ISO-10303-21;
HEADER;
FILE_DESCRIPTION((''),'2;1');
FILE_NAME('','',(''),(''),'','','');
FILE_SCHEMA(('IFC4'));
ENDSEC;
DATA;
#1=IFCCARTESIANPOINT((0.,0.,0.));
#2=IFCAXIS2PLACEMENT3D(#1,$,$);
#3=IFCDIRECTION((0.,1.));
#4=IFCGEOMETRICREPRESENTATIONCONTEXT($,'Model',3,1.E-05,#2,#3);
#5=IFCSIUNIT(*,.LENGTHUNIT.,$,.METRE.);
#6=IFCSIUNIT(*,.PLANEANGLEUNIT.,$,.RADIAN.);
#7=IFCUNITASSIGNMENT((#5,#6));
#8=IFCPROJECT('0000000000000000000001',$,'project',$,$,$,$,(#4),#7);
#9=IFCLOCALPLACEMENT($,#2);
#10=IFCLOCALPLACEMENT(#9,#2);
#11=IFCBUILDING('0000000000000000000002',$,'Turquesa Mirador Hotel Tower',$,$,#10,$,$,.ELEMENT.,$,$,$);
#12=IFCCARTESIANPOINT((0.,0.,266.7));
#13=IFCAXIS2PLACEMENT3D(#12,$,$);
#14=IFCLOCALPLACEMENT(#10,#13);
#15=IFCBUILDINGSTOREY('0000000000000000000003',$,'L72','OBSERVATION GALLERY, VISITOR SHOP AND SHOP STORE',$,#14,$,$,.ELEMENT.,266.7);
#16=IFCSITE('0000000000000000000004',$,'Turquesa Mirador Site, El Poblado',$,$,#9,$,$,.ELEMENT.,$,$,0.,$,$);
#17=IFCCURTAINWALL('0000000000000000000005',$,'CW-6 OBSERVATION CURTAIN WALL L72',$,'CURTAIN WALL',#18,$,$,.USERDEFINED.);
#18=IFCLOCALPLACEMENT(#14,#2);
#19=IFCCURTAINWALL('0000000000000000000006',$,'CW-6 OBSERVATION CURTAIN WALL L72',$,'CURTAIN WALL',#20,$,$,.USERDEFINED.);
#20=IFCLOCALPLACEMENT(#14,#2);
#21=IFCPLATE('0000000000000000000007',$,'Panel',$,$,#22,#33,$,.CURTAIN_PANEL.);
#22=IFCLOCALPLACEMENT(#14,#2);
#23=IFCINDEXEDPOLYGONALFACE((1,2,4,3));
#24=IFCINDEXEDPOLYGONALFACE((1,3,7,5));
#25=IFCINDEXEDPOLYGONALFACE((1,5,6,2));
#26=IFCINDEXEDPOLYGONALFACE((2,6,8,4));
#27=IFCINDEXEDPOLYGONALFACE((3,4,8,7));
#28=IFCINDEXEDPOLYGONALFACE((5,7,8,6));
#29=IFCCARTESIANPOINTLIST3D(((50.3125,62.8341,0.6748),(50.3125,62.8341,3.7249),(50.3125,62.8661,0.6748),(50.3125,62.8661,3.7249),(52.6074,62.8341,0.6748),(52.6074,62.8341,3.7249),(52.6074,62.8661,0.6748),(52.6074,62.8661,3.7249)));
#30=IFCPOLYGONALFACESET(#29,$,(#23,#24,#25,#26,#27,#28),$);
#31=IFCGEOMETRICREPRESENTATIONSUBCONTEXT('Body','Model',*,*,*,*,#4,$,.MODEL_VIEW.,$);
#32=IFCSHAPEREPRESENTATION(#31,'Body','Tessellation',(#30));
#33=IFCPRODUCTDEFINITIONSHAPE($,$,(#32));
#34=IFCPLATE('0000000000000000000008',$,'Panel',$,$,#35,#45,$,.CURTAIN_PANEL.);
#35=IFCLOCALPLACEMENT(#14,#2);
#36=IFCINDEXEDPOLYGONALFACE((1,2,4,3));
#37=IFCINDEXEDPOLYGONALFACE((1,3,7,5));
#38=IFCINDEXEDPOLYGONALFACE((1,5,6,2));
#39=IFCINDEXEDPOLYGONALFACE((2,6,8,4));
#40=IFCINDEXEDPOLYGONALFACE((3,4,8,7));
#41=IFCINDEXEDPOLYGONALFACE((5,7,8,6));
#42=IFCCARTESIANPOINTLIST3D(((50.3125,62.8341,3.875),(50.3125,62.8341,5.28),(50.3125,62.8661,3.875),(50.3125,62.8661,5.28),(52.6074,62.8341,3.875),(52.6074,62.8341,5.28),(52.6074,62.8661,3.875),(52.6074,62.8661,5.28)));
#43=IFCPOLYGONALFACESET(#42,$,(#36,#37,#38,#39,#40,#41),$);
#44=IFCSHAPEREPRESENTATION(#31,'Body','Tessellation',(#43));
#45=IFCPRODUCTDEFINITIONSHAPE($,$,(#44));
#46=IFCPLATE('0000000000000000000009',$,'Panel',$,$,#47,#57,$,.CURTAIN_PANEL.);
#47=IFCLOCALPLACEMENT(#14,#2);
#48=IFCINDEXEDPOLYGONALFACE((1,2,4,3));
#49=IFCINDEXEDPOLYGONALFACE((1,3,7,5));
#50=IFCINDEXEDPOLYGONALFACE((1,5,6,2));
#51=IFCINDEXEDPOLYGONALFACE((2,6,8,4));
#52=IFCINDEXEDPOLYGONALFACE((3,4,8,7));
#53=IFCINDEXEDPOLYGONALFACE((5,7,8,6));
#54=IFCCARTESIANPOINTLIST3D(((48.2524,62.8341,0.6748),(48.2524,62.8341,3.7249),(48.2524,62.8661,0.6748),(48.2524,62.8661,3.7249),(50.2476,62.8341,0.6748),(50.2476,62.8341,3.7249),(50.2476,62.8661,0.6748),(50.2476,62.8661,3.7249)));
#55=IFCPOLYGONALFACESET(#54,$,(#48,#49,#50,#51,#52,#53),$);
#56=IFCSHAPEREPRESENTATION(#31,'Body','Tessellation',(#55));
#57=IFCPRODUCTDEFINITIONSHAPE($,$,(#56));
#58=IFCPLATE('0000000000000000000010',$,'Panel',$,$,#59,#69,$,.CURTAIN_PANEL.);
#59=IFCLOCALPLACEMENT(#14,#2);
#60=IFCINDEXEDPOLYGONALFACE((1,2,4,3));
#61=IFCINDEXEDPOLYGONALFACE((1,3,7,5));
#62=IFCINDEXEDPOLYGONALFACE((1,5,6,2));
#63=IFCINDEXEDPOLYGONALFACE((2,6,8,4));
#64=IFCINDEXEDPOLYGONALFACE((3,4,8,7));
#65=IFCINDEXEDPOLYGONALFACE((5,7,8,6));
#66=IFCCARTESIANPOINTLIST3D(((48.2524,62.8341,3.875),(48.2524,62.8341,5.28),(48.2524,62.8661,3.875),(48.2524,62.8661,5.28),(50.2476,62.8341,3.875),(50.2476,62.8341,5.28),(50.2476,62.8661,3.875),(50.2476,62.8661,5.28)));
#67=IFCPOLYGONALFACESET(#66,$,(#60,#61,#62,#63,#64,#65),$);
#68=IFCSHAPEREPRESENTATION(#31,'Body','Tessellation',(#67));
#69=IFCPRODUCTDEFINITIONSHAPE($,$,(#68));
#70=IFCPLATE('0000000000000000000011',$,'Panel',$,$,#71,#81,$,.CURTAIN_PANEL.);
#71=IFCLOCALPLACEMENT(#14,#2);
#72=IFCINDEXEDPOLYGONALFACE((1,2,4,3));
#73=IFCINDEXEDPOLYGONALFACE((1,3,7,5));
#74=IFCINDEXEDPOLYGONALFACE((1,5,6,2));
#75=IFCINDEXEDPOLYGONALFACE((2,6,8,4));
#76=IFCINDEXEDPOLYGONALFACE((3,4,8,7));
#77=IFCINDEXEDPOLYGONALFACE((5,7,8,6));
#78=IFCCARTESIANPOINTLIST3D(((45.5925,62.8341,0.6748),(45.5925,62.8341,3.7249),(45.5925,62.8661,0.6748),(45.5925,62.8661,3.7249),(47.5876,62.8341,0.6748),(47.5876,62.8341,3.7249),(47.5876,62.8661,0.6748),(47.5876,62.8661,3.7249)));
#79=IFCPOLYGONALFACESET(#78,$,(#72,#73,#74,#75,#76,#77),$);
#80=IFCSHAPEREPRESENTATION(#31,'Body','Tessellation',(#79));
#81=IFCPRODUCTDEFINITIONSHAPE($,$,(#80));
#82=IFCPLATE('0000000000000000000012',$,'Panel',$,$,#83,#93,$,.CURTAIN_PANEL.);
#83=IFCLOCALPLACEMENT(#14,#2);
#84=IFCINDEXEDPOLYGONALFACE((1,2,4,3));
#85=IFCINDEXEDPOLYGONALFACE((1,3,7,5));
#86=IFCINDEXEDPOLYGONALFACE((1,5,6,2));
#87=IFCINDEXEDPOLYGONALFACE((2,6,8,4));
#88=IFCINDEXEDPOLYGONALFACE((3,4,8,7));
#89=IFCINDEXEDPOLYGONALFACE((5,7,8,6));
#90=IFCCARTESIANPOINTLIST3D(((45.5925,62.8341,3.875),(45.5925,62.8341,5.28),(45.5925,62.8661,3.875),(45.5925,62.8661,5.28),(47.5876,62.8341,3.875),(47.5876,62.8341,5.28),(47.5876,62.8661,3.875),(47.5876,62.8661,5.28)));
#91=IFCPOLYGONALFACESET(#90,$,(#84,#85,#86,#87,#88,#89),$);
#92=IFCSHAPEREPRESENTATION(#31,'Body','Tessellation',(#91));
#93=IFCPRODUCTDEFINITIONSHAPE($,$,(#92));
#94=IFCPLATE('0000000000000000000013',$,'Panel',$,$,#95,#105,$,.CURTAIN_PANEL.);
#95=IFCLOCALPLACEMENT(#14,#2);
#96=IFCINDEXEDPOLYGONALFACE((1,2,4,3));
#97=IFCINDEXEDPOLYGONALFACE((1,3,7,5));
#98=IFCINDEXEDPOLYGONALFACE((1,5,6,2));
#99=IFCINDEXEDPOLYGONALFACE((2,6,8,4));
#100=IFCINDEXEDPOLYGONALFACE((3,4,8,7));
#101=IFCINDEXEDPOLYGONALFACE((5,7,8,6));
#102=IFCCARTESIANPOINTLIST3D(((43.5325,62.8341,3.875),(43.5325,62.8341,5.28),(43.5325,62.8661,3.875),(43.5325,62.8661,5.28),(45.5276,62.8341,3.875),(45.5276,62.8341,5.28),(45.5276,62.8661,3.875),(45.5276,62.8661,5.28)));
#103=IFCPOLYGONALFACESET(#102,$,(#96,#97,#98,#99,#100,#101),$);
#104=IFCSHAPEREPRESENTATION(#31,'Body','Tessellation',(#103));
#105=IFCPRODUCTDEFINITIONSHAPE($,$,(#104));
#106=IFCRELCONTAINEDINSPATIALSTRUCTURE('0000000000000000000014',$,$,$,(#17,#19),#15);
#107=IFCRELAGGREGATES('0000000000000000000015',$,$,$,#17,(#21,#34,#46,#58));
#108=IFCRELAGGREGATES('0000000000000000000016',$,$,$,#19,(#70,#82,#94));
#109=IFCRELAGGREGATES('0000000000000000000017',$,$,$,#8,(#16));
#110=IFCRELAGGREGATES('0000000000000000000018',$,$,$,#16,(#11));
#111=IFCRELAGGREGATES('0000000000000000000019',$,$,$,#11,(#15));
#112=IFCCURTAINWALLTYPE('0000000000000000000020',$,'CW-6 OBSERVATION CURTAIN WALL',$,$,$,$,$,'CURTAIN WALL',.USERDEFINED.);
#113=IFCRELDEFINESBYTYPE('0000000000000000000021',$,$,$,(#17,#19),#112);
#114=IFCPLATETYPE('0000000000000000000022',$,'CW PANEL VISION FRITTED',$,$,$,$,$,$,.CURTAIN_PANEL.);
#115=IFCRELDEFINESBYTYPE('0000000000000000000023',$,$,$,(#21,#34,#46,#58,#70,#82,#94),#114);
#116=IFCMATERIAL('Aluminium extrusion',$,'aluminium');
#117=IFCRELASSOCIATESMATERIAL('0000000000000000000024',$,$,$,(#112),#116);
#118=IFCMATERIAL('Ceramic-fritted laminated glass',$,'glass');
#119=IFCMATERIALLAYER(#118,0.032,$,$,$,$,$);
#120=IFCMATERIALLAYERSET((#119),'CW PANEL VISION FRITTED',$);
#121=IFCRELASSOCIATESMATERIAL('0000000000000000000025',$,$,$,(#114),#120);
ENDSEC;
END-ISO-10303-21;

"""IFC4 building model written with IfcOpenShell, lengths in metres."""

from ifc_helpers import new_model, si_unit, direction, frame, origin, origin_2d, place, context, subcontext, project, spatial, rectangle, extrude, material, layer, layer_set, type_object, element, aggregate, save


model = new_model("IFC4")

# Units and contexts
model_context = context("Model", 3, precision=1e-05, world=origin(), true_north=direction((0.0, 1.0)))
body_context = subcontext(model_context, "Body", "Model", "MODEL_VIEW")
ifc_project = project(units=[si_unit("LENGTHUNIT", "METRE"), si_unit("PLANEANGLEUNIT", "RADIAN")], contexts=[model_context])

# Site, building, storey
site_placement = place(None, origin())
site = spatial("IfcSite", under=ifc_project, at=site_placement, Name="Turquesa Mirador Site, El Poblado", CompositionType="ELEMENT", RefElevation=0.0)
building_placement = place(site_placement, origin())
building = spatial("IfcBuilding", under=site, at=building_placement, Name="Turquesa Mirador Hotel Tower", CompositionType="ELEMENT")
storey_placement = place(building_placement, frame((0.0, 0.0, 266.7)))
storey = spatial("IfcBuildingStorey", under=building, at=storey_placement, Name="L72", Description="OBSERVATION GALLERY, VISITOR SHOP AND SHOP STORE", CompositionType="ELEMENT", Elevation=266.7)

# Curtain walls
ifc_material_1 = material(Name="Aluminium extrusion", Category="aluminium")
curtain_wall_type = type_object("IfcCurtainWallType", Name="CW-6 OBSERVATION CURTAIN WALL", ElementType="CURTAIN WALL", PredefinedType="USERDEFINED", material=ifc_material_1)
curtain_wall_1_placement = place(storey_placement, origin())
curtain_wall_1 = element("IfcCurtainWall", 1, at=curtain_wall_1_placement, inside=storey, type_object=curtain_wall_type, Name="CW-6 OBSERVATION CURTAIN WALL L72", ObjectType="CURTAIN WALL", PredefinedType="USERDEFINED")
curtain_wall_2_placement = place(storey_placement, origin())
curtain_wall_2 = element("IfcCurtainWall", 2, at=curtain_wall_2_placement, inside=storey, type_object=curtain_wall_type, Name="CW-6 OBSERVATION CURTAIN WALL L72", ObjectType="CURTAIN WALL", PredefinedType="USERDEFINED")

# Plates
ifc_material_2 = material(Name="Ceramic-fritted laminated glass", Category="glass")
ifc_layer_1 = layer(ifc_material_2, 0.032)
ifc_layer_set_1 = layer_set([ifc_layer_1], Name="CW PANEL VISION FRITTED")
plate_type_1 = type_object("IfcPlateType", Name="CW PANEL VISION FRITTED", PredefinedType="CURTAIN_PANEL", material=ifc_layer_set_1)
plate_1_placement = place(storey_placement, frame((51.46, 62.8501, 0.6748), z_axis=(0.0, 0.0, 1.0), x_axis=(-1.0, 0.0, 0.0)))
plate_1 = element("IfcPlate", 3, at=plate_1_placement, type_object=plate_type_1, Name="Panel", PredefinedType="CURTAIN_PANEL", context=body_context, shape_type="SweptSolid", body=[
    extrude(rectangle(XDim=2.2949, YDim=0.032, at=origin_2d()), origin(), (0.0, 0.0, 1.0), 3.05),
])
plate_2_placement = place(storey_placement, frame((51.46, 62.8501, 3.875), z_axis=(0.0, 0.0, 1.0), x_axis=(-1.0, 0.0, 0.0)))
plate_2 = element("IfcPlate", 4, at=plate_2_placement, type_object=plate_type_1, Name="Panel", PredefinedType="CURTAIN_PANEL", context=body_context, shape_type="SweptSolid", body=[
    extrude(rectangle(XDim=2.2949, YDim=0.032, at=origin_2d()), origin(), (0.0, 0.0, 1.0), 1.405),
])
plate_3_placement = place(storey_placement, frame((49.25, 62.8501, 0.6748), z_axis=(0.0, 0.0, 1.0), x_axis=(-1.0, 0.0, 0.0)))
plate_3 = element("IfcPlate", 5, at=plate_3_placement, type_object=plate_type_1, Name="Panel", PredefinedType="CURTAIN_PANEL", context=body_context, shape_type="SweptSolid", body=[
    extrude(rectangle(XDim=1.9951, YDim=0.032, at=origin_2d()), origin(), (0.0, 0.0, 1.0), 3.05),
])
plate_4_placement = place(storey_placement, frame((49.25, 62.8501, 3.875), z_axis=(0.0, 0.0, 1.0), x_axis=(-1.0, 0.0, 0.0)))
plate_4 = element("IfcPlate", 6, at=plate_4_placement, type_object=plate_type_1, Name="Panel", PredefinedType="CURTAIN_PANEL", context=body_context, shape_type="SweptSolid", body=[
    extrude(rectangle(XDim=1.9951, YDim=0.032, at=origin_2d()), origin(), (0.0, 0.0, 1.0), 1.405),
])
aggregate(curtain_wall_1, [plate_1, plate_2, plate_3, plate_4])
plate_5_placement = place(storey_placement, frame((46.5901, 62.8501, 0.6748), z_axis=(0.0, 0.0, 1.0), x_axis=(-1.0, 0.0, 0.0)))
plate_5 = element("IfcPlate", 7, at=plate_5_placement, type_object=plate_type_1, Name="Panel", PredefinedType="CURTAIN_PANEL", context=body_context, shape_type="SweptSolid", body=[
    extrude(rectangle(XDim=1.9951, YDim=0.032, at=origin_2d()), origin(), (0.0, 0.0, 1.0), 3.05),
])
plate_6_placement = place(storey_placement, frame((46.5901, 62.8501, 3.875), z_axis=(0.0, 0.0, 1.0), x_axis=(-1.0, 0.0, 0.0)))
plate_6 = element("IfcPlate", 8, at=plate_6_placement, type_object=plate_type_1, Name="Panel", PredefinedType="CURTAIN_PANEL", context=body_context, shape_type="SweptSolid", body=[
    extrude(rectangle(XDim=1.9951, YDim=0.032, at=origin_2d()), origin(), (0.0, 0.0, 1.0), 1.405),
])
plate_7_placement = place(storey_placement, frame((44.53, 62.8501, 3.875), z_axis=(0.0, 0.0, 1.0), x_axis=(-1.0, 0.0, 0.0)))
plate_7 = element("IfcPlate", 9, at=plate_7_placement, type_object=plate_type_1, Name="Panel", PredefinedType="CURTAIN_PANEL", context=body_context, shape_type="SweptSolid", body=[
    extrude(rectangle(XDim=1.9951, YDim=0.032, at=origin_2d()), origin(), (0.0, 0.0, 1.0), 1.405),
])
aggregate(curtain_wall_2, [plate_5, plate_6, plate_7])

save(model, "model.ifc")
